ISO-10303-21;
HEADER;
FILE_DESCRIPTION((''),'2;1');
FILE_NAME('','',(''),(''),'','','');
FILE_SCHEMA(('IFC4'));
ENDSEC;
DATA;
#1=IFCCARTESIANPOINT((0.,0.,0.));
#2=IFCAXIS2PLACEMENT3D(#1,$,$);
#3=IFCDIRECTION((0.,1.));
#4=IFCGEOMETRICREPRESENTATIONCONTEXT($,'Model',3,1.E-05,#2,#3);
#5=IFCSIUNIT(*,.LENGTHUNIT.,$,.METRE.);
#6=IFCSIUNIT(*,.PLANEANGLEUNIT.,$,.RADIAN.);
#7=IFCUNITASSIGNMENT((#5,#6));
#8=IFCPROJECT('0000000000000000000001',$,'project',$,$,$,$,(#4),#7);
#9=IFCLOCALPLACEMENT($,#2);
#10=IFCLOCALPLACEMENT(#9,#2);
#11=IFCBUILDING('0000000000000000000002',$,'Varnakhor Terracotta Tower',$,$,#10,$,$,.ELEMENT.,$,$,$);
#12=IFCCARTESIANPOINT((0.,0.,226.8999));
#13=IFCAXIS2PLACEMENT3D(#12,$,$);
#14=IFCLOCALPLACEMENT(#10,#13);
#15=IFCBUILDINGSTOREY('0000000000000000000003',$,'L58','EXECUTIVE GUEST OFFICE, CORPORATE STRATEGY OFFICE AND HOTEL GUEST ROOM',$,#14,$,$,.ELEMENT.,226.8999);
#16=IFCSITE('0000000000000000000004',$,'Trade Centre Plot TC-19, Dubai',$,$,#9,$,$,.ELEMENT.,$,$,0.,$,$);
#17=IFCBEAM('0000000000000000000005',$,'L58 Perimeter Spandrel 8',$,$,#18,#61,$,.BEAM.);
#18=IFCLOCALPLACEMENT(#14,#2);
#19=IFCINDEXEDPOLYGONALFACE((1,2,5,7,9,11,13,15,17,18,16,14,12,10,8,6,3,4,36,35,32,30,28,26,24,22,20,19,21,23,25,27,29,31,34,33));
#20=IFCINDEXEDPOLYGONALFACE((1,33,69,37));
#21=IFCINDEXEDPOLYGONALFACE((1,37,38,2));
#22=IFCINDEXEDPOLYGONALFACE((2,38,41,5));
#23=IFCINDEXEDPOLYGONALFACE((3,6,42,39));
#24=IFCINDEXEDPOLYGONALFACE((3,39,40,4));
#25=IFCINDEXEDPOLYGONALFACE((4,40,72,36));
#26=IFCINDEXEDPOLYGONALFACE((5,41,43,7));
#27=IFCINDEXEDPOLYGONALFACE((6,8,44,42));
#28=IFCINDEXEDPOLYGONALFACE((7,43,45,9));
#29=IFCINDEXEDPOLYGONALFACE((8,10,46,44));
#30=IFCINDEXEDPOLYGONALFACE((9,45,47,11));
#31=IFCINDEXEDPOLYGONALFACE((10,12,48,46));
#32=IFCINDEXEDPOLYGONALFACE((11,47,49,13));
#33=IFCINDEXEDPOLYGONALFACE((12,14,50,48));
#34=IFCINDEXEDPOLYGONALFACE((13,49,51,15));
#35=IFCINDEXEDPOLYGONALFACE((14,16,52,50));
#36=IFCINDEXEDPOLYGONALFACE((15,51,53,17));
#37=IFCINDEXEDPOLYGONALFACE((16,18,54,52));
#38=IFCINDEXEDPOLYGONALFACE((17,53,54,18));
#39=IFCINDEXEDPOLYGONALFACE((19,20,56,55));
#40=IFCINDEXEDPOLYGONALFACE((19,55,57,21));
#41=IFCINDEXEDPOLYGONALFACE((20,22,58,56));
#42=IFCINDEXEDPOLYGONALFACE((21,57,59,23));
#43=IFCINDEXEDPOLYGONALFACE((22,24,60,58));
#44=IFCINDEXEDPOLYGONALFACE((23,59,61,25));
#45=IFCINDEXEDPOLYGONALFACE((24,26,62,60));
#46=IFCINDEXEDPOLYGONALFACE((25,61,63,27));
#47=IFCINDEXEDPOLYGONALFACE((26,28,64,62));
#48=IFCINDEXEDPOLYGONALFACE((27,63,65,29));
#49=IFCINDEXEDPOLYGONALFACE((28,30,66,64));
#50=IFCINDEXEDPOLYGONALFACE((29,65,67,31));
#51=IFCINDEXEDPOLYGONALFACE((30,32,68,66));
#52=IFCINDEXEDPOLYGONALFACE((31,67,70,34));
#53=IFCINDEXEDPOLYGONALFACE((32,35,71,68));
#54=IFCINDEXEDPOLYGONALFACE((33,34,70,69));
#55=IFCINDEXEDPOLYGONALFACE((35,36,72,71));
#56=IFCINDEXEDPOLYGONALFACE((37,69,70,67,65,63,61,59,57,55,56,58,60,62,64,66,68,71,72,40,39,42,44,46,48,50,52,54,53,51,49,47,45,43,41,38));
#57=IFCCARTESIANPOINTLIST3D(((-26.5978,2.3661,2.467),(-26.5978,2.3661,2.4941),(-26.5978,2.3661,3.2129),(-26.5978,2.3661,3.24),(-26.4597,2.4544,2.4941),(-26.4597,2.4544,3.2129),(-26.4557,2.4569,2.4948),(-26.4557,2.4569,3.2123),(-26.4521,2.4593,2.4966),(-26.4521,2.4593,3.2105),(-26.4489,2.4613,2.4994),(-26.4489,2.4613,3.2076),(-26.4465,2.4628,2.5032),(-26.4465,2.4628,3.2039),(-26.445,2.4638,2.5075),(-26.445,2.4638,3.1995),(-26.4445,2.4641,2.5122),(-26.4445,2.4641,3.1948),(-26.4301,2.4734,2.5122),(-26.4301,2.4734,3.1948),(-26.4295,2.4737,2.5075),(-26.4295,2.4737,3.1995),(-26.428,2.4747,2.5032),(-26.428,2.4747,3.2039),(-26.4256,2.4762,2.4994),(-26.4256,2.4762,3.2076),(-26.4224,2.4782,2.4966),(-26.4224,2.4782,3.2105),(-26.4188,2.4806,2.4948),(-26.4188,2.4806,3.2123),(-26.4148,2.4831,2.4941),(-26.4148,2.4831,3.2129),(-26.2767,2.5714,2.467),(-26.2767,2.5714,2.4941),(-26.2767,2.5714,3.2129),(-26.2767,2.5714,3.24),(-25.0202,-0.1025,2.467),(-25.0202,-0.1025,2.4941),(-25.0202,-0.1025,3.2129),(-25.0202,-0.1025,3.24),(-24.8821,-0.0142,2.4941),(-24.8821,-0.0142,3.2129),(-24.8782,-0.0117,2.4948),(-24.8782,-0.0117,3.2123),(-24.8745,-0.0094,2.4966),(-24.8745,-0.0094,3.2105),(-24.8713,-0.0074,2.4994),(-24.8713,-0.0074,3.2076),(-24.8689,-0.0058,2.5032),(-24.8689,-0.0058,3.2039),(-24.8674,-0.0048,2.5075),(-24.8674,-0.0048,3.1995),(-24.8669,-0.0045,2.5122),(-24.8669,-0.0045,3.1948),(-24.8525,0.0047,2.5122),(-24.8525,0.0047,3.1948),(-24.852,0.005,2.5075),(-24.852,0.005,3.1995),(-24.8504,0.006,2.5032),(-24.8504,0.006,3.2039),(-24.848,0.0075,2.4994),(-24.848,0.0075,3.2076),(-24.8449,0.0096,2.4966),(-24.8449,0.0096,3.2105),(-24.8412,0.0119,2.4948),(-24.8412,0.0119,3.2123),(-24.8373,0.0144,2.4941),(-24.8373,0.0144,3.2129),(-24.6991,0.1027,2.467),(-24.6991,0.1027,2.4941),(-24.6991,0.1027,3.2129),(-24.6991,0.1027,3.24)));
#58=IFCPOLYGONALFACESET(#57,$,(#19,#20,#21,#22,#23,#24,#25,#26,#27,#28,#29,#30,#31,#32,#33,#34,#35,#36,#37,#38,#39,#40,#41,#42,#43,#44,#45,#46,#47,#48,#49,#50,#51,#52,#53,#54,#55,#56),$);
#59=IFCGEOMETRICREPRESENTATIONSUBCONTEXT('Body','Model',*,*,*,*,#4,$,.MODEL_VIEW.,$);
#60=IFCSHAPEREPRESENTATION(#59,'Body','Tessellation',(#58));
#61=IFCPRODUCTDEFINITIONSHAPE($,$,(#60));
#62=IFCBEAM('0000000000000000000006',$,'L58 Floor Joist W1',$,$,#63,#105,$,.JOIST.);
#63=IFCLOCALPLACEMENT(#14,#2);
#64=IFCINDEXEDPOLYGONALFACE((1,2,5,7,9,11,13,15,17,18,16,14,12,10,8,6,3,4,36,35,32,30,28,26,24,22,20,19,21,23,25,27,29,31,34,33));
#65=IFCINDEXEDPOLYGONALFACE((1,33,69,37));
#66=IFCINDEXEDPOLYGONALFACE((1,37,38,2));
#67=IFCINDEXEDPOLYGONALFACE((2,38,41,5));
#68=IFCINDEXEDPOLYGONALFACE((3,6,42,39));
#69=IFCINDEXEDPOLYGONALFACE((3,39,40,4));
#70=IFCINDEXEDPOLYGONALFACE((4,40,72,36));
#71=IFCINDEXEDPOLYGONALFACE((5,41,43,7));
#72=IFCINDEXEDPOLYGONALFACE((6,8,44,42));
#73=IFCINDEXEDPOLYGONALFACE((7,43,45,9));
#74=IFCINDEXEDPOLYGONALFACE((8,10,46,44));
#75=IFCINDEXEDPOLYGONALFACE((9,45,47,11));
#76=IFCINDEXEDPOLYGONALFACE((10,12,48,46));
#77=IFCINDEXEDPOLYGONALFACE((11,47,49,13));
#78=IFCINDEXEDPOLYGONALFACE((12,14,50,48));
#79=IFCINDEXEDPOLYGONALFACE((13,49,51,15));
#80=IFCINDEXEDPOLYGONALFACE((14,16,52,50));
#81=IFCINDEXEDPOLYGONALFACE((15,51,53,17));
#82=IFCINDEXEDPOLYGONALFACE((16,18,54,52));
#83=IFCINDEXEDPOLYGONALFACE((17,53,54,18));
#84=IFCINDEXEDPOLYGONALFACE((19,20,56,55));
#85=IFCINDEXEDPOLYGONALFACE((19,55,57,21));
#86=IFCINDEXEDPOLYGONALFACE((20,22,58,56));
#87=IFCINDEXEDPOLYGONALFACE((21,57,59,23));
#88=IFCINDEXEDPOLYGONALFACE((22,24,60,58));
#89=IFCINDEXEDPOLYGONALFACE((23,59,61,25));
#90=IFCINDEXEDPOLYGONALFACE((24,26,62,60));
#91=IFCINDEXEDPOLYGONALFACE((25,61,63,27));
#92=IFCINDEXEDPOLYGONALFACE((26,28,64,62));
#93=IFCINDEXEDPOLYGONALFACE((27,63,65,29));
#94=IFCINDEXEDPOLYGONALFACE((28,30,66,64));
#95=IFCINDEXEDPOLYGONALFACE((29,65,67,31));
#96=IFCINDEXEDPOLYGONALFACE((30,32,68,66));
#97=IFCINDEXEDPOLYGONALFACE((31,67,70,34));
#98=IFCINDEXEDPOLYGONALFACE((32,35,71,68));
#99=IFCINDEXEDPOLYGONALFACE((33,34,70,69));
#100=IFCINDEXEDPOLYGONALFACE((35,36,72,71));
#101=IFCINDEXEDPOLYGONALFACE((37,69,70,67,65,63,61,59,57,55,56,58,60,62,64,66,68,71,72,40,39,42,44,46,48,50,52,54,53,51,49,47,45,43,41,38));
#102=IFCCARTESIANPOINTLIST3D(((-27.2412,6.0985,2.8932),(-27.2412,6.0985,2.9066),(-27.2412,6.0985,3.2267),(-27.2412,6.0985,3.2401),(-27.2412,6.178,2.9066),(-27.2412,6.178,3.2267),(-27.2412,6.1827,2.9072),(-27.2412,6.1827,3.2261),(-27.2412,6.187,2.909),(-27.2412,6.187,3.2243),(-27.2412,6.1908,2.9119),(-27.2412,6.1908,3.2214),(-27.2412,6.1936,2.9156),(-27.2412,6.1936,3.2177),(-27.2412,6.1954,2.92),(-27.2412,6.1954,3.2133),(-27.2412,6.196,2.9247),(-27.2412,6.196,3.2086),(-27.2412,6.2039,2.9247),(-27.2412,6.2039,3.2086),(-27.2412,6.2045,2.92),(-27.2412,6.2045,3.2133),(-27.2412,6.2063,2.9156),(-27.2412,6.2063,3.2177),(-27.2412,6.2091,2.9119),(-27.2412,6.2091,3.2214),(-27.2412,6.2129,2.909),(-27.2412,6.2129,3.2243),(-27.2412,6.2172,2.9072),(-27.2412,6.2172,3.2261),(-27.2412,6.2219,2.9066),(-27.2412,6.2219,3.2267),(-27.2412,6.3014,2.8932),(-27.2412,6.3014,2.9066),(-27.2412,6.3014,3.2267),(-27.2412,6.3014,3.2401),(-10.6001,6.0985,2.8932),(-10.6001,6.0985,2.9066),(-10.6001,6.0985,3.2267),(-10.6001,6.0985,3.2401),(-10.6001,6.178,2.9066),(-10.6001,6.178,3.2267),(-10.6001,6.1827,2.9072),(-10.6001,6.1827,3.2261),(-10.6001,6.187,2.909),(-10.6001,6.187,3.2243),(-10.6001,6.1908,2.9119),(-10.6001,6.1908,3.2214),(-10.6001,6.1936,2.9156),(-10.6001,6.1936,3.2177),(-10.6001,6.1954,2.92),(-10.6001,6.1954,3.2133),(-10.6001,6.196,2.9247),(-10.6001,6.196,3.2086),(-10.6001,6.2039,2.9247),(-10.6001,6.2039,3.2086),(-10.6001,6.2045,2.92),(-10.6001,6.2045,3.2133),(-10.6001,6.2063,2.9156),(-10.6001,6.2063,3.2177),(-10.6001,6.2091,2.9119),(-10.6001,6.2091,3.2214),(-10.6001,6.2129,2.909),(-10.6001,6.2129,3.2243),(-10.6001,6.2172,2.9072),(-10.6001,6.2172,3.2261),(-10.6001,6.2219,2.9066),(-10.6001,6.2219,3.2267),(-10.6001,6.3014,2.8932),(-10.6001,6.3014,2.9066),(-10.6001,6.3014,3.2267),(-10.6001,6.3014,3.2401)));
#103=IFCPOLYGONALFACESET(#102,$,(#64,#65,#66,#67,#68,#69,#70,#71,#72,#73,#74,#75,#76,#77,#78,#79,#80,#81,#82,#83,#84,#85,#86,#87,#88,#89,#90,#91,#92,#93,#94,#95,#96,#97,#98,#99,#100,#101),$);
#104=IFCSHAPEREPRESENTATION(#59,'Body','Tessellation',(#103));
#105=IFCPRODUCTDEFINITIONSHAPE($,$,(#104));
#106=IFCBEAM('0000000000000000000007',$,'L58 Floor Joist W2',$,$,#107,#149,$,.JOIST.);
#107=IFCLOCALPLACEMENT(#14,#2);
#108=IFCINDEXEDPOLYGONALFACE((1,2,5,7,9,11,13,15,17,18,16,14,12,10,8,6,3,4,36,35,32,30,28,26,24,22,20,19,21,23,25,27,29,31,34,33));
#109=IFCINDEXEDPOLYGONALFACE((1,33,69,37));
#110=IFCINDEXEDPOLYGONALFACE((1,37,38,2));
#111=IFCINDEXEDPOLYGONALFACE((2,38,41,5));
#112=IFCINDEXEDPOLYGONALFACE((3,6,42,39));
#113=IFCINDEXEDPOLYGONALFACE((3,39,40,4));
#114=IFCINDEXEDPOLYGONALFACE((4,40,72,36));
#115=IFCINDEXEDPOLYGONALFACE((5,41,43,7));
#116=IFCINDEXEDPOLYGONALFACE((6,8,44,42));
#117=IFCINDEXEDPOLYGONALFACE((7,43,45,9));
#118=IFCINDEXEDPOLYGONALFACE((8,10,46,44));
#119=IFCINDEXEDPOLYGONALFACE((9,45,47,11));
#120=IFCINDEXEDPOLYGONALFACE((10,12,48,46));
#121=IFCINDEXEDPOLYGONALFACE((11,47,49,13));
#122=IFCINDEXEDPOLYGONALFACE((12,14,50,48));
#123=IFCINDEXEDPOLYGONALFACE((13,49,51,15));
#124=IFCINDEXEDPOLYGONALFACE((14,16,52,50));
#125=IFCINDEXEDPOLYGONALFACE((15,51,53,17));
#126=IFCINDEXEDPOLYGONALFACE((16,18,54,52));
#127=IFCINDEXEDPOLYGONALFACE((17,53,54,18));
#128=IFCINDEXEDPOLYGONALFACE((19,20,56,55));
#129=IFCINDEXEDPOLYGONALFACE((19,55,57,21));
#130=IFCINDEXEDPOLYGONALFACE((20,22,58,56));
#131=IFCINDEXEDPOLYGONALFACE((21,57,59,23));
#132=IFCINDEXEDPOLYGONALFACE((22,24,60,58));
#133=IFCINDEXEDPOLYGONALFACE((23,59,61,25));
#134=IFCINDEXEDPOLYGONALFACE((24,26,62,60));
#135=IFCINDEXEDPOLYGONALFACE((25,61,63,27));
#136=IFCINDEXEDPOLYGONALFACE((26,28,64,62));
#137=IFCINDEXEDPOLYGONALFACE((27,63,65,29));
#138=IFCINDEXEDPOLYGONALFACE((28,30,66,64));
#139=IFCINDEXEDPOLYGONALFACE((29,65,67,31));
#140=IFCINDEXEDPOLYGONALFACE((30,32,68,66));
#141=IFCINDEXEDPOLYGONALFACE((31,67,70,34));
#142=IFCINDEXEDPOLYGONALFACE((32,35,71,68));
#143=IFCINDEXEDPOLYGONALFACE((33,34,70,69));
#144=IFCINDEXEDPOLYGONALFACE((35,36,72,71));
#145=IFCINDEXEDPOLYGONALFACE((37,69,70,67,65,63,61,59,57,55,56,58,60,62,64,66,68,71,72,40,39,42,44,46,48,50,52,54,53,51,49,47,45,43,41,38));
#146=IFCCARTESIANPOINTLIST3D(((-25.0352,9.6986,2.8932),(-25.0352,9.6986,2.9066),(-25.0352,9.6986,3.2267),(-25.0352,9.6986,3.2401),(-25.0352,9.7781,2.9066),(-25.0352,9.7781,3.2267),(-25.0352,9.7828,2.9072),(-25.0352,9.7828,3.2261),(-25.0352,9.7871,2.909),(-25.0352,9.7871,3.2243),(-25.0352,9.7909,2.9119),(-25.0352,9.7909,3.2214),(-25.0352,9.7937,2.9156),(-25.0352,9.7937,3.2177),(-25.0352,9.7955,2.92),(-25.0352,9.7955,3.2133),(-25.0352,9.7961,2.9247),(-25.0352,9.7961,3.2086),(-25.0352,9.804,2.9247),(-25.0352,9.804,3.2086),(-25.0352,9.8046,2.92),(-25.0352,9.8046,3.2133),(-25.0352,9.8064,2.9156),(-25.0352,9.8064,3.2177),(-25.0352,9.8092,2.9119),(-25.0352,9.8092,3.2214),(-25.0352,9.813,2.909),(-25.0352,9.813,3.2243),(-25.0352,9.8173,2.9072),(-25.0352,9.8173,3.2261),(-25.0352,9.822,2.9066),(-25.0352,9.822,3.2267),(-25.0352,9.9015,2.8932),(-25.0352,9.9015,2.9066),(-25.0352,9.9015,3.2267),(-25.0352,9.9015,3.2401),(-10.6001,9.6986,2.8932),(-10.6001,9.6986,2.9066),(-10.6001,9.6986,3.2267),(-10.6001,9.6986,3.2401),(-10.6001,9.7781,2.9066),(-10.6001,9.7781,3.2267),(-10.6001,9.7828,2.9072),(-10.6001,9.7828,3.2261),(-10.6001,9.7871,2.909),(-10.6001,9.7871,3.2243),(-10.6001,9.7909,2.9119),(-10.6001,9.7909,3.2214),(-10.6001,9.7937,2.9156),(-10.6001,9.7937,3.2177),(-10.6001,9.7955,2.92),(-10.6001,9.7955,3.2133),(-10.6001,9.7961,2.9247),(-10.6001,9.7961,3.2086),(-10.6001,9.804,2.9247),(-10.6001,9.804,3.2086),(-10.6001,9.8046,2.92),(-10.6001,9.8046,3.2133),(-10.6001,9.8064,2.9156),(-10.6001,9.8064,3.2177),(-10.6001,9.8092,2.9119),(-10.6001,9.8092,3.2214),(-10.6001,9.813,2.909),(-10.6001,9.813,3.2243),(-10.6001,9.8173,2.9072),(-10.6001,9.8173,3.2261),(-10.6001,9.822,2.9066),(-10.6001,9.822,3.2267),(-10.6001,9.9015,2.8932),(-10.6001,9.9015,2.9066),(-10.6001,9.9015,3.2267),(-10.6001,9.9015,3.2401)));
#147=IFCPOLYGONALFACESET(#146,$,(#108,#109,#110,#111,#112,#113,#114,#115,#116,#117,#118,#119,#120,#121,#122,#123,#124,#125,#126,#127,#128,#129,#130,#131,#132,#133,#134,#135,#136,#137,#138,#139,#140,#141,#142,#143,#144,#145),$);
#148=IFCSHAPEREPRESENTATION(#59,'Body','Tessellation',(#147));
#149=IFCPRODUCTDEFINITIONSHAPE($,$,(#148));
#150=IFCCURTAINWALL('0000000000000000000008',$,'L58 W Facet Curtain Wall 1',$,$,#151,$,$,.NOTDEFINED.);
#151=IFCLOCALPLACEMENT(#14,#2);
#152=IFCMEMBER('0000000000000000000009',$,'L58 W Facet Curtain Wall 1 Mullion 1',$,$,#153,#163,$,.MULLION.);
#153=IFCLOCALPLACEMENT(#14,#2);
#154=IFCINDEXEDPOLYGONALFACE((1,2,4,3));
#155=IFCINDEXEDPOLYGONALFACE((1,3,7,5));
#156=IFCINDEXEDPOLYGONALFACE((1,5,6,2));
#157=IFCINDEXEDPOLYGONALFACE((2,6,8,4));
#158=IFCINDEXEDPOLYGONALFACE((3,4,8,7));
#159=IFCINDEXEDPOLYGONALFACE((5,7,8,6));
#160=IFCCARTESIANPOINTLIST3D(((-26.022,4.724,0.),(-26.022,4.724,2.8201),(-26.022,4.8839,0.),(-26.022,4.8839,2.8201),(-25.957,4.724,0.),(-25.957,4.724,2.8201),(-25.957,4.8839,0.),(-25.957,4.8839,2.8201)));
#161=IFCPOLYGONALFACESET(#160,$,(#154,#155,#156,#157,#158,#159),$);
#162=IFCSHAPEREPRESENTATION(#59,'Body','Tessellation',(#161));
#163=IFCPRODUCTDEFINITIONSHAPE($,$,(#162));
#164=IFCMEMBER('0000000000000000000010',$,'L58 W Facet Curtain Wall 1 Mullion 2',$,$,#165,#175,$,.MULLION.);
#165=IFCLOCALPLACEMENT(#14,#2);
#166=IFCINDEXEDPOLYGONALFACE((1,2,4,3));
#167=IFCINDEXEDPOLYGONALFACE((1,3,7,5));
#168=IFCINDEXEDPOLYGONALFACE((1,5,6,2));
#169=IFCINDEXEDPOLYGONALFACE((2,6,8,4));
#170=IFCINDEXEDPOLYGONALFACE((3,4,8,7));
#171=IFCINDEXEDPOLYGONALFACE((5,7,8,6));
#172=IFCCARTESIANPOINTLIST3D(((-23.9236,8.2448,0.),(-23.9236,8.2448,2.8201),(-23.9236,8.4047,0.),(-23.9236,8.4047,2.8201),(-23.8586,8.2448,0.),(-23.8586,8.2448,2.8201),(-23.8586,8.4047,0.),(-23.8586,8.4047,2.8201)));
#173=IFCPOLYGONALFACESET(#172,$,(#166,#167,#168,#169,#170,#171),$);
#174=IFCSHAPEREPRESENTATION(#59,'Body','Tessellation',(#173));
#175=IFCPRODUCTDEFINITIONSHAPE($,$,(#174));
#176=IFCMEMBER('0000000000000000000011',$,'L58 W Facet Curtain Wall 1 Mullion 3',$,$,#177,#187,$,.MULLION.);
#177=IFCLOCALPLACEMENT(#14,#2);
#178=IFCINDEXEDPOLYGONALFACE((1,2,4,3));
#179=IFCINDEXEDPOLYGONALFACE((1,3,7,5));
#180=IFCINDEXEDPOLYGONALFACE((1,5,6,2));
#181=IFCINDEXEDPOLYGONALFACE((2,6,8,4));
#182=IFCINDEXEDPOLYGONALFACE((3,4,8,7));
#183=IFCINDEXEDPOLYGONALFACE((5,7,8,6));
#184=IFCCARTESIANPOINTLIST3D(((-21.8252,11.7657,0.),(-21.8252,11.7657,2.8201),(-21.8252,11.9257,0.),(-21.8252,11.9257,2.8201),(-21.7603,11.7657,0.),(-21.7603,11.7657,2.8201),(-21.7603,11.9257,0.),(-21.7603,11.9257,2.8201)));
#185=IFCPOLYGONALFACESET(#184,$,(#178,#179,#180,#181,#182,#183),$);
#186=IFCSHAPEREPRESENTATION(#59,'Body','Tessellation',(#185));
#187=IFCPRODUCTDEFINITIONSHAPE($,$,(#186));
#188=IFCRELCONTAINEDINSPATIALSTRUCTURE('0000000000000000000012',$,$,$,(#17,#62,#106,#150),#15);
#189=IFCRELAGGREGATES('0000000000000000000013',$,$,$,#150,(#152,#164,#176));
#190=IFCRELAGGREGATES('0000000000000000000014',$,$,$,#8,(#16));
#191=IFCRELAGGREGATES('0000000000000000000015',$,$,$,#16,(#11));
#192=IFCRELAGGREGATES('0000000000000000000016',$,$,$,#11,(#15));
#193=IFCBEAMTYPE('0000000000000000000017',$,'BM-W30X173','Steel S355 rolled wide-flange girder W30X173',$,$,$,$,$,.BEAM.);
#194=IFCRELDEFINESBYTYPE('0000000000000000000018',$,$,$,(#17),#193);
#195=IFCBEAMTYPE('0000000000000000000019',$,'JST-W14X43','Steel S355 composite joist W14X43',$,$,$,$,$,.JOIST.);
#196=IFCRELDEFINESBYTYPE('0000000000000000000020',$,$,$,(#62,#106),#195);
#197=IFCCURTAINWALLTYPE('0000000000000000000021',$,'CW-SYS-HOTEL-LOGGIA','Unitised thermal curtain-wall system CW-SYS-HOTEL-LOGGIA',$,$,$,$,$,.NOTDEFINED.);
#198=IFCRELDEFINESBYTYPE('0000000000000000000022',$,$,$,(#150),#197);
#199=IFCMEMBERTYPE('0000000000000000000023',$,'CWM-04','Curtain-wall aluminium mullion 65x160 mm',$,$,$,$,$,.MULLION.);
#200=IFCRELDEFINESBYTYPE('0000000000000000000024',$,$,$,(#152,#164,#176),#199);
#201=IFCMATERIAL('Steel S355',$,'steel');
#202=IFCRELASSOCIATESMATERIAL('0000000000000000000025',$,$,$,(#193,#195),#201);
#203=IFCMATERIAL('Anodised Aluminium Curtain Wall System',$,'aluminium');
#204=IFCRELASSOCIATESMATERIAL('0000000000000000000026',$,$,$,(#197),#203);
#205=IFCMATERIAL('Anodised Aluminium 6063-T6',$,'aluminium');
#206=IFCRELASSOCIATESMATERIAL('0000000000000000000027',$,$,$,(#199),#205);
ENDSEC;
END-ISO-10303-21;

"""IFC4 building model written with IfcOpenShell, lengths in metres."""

from ifc_helpers import new_model, si_unit, direction, frame, origin, origin_2d, place, context, subcontext, project, spatial, rectangle, i_section, extrude, source, transform, mapped, material, material_profile, profile_set, type_object, type_shapes, element, aggregate, save


model = new_model("IFC4")

# Units and contexts
model_context = context("Model", 3, precision=1e-05, world=origin(), true_north=direction((0.0, 1.0)))
body_context = subcontext(model_context, "Body", "Model", "MODEL_VIEW")
ifc_project = project(units=[si_unit("LENGTHUNIT", "METRE"), si_unit("PLANEANGLEUNIT", "RADIAN")], contexts=[model_context])

# Site, building, storey
site_placement = place(None, origin())
site = spatial("IfcSite", under=ifc_project, at=site_placement, Name="Trade Centre Plot TC-19, Dubai", CompositionType="ELEMENT", RefElevation=0.0)
building_placement = place(site_placement, origin())
building = spatial("IfcBuilding", under=site, at=building_placement, Name="Varnakhor Terracotta Tower", CompositionType="ELEMENT")
storey_placement = place(building_placement, frame((0.0, 0.0, 226.8999)))
storey = spatial("IfcBuildingStorey", under=building, at=storey_placement, Name="L58", Description="EXECUTIVE GUEST OFFICE, CORPORATE STRATEGY OFFICE AND HOTEL GUEST ROOM", CompositionType="ELEMENT", Elevation=226.8999)

# Beams
ifc_material_1 = material(Name="Steel S355", Category="steel")
ifc_material_profile_1 = material_profile(ifc_material_1, i_section(OverallWidth=0.3811, OverallDepth=0.7729, WebThickness=0.0171, FlangeThickness=0.0271, FilletRadius=0.0181, at=origin_2d()), Name="W30X173")
ifc_profile_set_1 = profile_set([ifc_material_profile_1], Name="Steel S355")
beam_type_1 = type_object("IfcBeamType", Name="BM-W30X173", Description="Steel S355 rolled wide-flange girder W30X173", PredefinedType="BEAM", material=ifc_profile_set_1)
shared_shape_1 = source(origin(), body_context, "Body", "SweptSolid", [
    extrude(i_section(OverallWidth=0.3811, OverallDepth=0.7729, WebThickness=0.0171, FlangeThickness=0.0271, FilletRadius=0.0181, at=origin_2d()), origin(), (0.0, 0.0, 1.0), 2.9297),
])
for number, where, z_axis, x_axis, name in (
    (1, (-26.4373, 2.4688, 2.8535), (0.538481, -0.842637, 0.0), (0.842637, 0.538481, 0.0), "L58 Perimeter Spandrel 8"),
):
    element("IfcBeam", number, at=place(storey_placement, frame(where, z_axis=z_axis, x_axis=x_axis)), inside=storey, type_object=beam_type_1, Name=name, PredefinedType="BEAM", context=body_context, shape_type="MappedRepresentation", body=[
        mapped(shared_shape_1, transform((0.0, 0.0, 0.0), scale=1.0)),
    ])
ifc_material_profile_2 = material_profile(ifc_material_1, i_section(OverallWidth=0.2029, OverallDepth=0.3469, WebThickness=0.0078, FlangeThickness=0.0134, FilletRadius=0.0181, at=origin_2d()), Name="W14X43")
ifc_profile_set_2 = profile_set([ifc_material_profile_2], Name="Steel S355")
beam_type_2 = type_object("IfcBeamType", Name="JST-W14X43", Description="Steel S355 composite joist W14X43", PredefinedType="JOIST", material=ifc_profile_set_2)
shared_shape_2 = source(origin(), body_context, "Body", "SweptSolid", [
    extrude(i_section(OverallWidth=0.2029, OverallDepth=0.3469, WebThickness=0.0078, FlangeThickness=0.0134, FilletRadius=0.0181, at=origin_2d()), origin(), (0.0, 0.0, 1.0), 16.6411),
])
beam_1_placement = place(storey_placement, frame((-27.2412, 6.2, 3.0667), z_axis=(1.0, 0.0, 0.0), x_axis=(0.0, 1.0, 0.0)))
element("IfcBeam", 2, at=beam_1_placement, inside=storey, type_object=beam_type_2, Name="L58 Floor Joist W1", PredefinedType="JOIST", context=body_context, shape_type="MappedRepresentation", body=[
    mapped(shared_shape_2, transform((0.0, 0.0, 0.0), scale=1.0)),
])
shared_shape_3 = source(origin(), body_context, "Body", "SweptSolid", [
    extrude(i_section(OverallWidth=0.2029, OverallDepth=0.3469, WebThickness=0.0078, FlangeThickness=0.0134, FilletRadius=0.0181, at=origin_2d()), origin(), (0.0, 0.0, 1.0), 14.4351),
])
beam_2_placement = place(storey_placement, frame((-25.0352, 9.8, 3.0667), z_axis=(1.0, 0.0, 0.0), x_axis=(0.0, 1.0, 0.0)))
element("IfcBeam", 3, at=beam_2_placement, inside=storey, type_object=beam_type_2, Name="L58 Floor Joist W2", PredefinedType="JOIST", context=body_context, shape_type="MappedRepresentation", body=[
    mapped(shared_shape_3, transform((0.0, 0.0, 0.0), scale=1.0)),
])

# Curtain wall, members
ifc_material_2 = material(Name="Anodised Aluminium Curtain Wall System", Category="aluminium")
curtain_wall_type = type_object("IfcCurtainWallType", Name="CW-SYS-HOTEL-LOGGIA", Description="Unitised thermal curtain-wall system CW-SYS-HOTEL-LOGGIA", PredefinedType="NOTDEFINED", material=ifc_material_2)
curtain_wall_1_placement = place(storey_placement, origin())
curtain_wall_1 = element("IfcCurtainWall", 4, at=curtain_wall_1_placement, inside=storey, type_object=curtain_wall_type, Name="L58 W Facet Curtain Wall 1", PredefinedType="NOTDEFINED")
ifc_material_3 = material(Name="Anodised Aluminium 6063-T6", Category="aluminium")
ifc_material_profile_3 = material_profile(ifc_material_3, rectangle(XDim=0.0649, YDim=0.1599, at=origin_2d()), Name="ALU MULLION 65x160")
ifc_profile_set_3 = profile_set([ifc_material_profile_3], Name="Anodised Aluminium 6063-T6")
member_type_1 = type_object("IfcMemberType", Name="CWM-04", Description="Curtain-wall aluminium mullion 65x160 mm", PredefinedType="MULLION", material=ifc_profile_set_3)
shared_shape_4 = source(origin(), body_context, "Body", "SweptSolid", [
    extrude(rectangle(XDim=0.0649, YDim=0.1599, at=origin_2d()), origin(), (0.0, 0.0, 1.0), 2.8201),
])
type_shapes(member_type_1, [shared_shape_4])
member_1_placement = place(storey_placement, frame((-25.9895, 4.804, 0.0), z_axis=(0.0, 0.0, 1.0), x_axis=(1.0, 0.0, 0.0)))
member_1 = element("IfcMember", 5, at=member_1_placement, type_object=member_type_1, Name="L58 W Facet Curtain Wall 1 Mullion 1", PredefinedType="MULLION", context=body_context, shape_type="MappedRepresentation", body=[
    mapped(shared_shape_4, transform((0.0, 0.0, 0.0), scale=1.0)),
])
member_2_placement = place(storey_placement, frame((-23.8911, 8.3247, 0.0), z_axis=(0.0, 0.0, 1.0), x_axis=(1.0, 0.0, 0.0)))
member_2 = element("IfcMember", 6, at=member_2_placement, type_object=member_type_1, Name="L58 W Facet Curtain Wall 1 Mullion 2", PredefinedType="MULLION", context=body_context, shape_type="MappedRepresentation", body=[
    mapped(shared_shape_4, transform((0.0, 0.0, 0.0), scale=1.0)),
])
member_3_placement = place(storey_placement, frame((-21.7927, 11.8457, 0.0), z_axis=(0.0, 0.0, 1.0), x_axis=(1.0, 0.0, 0.0)))
member_3 = element("IfcMember", 7, at=member_3_placement, type_object=member_type_1, Name="L58 W Facet Curtain Wall 1 Mullion 3", PredefinedType="MULLION", context=body_context, shape_type="MappedRepresentation", body=[
    mapped(shared_shape_4, transform((0.0, 0.0, 0.0), scale=1.0)),
])

aggregate(curtain_wall_1, [member_1, member_2, member_3])

save(model, "model.ifc")
